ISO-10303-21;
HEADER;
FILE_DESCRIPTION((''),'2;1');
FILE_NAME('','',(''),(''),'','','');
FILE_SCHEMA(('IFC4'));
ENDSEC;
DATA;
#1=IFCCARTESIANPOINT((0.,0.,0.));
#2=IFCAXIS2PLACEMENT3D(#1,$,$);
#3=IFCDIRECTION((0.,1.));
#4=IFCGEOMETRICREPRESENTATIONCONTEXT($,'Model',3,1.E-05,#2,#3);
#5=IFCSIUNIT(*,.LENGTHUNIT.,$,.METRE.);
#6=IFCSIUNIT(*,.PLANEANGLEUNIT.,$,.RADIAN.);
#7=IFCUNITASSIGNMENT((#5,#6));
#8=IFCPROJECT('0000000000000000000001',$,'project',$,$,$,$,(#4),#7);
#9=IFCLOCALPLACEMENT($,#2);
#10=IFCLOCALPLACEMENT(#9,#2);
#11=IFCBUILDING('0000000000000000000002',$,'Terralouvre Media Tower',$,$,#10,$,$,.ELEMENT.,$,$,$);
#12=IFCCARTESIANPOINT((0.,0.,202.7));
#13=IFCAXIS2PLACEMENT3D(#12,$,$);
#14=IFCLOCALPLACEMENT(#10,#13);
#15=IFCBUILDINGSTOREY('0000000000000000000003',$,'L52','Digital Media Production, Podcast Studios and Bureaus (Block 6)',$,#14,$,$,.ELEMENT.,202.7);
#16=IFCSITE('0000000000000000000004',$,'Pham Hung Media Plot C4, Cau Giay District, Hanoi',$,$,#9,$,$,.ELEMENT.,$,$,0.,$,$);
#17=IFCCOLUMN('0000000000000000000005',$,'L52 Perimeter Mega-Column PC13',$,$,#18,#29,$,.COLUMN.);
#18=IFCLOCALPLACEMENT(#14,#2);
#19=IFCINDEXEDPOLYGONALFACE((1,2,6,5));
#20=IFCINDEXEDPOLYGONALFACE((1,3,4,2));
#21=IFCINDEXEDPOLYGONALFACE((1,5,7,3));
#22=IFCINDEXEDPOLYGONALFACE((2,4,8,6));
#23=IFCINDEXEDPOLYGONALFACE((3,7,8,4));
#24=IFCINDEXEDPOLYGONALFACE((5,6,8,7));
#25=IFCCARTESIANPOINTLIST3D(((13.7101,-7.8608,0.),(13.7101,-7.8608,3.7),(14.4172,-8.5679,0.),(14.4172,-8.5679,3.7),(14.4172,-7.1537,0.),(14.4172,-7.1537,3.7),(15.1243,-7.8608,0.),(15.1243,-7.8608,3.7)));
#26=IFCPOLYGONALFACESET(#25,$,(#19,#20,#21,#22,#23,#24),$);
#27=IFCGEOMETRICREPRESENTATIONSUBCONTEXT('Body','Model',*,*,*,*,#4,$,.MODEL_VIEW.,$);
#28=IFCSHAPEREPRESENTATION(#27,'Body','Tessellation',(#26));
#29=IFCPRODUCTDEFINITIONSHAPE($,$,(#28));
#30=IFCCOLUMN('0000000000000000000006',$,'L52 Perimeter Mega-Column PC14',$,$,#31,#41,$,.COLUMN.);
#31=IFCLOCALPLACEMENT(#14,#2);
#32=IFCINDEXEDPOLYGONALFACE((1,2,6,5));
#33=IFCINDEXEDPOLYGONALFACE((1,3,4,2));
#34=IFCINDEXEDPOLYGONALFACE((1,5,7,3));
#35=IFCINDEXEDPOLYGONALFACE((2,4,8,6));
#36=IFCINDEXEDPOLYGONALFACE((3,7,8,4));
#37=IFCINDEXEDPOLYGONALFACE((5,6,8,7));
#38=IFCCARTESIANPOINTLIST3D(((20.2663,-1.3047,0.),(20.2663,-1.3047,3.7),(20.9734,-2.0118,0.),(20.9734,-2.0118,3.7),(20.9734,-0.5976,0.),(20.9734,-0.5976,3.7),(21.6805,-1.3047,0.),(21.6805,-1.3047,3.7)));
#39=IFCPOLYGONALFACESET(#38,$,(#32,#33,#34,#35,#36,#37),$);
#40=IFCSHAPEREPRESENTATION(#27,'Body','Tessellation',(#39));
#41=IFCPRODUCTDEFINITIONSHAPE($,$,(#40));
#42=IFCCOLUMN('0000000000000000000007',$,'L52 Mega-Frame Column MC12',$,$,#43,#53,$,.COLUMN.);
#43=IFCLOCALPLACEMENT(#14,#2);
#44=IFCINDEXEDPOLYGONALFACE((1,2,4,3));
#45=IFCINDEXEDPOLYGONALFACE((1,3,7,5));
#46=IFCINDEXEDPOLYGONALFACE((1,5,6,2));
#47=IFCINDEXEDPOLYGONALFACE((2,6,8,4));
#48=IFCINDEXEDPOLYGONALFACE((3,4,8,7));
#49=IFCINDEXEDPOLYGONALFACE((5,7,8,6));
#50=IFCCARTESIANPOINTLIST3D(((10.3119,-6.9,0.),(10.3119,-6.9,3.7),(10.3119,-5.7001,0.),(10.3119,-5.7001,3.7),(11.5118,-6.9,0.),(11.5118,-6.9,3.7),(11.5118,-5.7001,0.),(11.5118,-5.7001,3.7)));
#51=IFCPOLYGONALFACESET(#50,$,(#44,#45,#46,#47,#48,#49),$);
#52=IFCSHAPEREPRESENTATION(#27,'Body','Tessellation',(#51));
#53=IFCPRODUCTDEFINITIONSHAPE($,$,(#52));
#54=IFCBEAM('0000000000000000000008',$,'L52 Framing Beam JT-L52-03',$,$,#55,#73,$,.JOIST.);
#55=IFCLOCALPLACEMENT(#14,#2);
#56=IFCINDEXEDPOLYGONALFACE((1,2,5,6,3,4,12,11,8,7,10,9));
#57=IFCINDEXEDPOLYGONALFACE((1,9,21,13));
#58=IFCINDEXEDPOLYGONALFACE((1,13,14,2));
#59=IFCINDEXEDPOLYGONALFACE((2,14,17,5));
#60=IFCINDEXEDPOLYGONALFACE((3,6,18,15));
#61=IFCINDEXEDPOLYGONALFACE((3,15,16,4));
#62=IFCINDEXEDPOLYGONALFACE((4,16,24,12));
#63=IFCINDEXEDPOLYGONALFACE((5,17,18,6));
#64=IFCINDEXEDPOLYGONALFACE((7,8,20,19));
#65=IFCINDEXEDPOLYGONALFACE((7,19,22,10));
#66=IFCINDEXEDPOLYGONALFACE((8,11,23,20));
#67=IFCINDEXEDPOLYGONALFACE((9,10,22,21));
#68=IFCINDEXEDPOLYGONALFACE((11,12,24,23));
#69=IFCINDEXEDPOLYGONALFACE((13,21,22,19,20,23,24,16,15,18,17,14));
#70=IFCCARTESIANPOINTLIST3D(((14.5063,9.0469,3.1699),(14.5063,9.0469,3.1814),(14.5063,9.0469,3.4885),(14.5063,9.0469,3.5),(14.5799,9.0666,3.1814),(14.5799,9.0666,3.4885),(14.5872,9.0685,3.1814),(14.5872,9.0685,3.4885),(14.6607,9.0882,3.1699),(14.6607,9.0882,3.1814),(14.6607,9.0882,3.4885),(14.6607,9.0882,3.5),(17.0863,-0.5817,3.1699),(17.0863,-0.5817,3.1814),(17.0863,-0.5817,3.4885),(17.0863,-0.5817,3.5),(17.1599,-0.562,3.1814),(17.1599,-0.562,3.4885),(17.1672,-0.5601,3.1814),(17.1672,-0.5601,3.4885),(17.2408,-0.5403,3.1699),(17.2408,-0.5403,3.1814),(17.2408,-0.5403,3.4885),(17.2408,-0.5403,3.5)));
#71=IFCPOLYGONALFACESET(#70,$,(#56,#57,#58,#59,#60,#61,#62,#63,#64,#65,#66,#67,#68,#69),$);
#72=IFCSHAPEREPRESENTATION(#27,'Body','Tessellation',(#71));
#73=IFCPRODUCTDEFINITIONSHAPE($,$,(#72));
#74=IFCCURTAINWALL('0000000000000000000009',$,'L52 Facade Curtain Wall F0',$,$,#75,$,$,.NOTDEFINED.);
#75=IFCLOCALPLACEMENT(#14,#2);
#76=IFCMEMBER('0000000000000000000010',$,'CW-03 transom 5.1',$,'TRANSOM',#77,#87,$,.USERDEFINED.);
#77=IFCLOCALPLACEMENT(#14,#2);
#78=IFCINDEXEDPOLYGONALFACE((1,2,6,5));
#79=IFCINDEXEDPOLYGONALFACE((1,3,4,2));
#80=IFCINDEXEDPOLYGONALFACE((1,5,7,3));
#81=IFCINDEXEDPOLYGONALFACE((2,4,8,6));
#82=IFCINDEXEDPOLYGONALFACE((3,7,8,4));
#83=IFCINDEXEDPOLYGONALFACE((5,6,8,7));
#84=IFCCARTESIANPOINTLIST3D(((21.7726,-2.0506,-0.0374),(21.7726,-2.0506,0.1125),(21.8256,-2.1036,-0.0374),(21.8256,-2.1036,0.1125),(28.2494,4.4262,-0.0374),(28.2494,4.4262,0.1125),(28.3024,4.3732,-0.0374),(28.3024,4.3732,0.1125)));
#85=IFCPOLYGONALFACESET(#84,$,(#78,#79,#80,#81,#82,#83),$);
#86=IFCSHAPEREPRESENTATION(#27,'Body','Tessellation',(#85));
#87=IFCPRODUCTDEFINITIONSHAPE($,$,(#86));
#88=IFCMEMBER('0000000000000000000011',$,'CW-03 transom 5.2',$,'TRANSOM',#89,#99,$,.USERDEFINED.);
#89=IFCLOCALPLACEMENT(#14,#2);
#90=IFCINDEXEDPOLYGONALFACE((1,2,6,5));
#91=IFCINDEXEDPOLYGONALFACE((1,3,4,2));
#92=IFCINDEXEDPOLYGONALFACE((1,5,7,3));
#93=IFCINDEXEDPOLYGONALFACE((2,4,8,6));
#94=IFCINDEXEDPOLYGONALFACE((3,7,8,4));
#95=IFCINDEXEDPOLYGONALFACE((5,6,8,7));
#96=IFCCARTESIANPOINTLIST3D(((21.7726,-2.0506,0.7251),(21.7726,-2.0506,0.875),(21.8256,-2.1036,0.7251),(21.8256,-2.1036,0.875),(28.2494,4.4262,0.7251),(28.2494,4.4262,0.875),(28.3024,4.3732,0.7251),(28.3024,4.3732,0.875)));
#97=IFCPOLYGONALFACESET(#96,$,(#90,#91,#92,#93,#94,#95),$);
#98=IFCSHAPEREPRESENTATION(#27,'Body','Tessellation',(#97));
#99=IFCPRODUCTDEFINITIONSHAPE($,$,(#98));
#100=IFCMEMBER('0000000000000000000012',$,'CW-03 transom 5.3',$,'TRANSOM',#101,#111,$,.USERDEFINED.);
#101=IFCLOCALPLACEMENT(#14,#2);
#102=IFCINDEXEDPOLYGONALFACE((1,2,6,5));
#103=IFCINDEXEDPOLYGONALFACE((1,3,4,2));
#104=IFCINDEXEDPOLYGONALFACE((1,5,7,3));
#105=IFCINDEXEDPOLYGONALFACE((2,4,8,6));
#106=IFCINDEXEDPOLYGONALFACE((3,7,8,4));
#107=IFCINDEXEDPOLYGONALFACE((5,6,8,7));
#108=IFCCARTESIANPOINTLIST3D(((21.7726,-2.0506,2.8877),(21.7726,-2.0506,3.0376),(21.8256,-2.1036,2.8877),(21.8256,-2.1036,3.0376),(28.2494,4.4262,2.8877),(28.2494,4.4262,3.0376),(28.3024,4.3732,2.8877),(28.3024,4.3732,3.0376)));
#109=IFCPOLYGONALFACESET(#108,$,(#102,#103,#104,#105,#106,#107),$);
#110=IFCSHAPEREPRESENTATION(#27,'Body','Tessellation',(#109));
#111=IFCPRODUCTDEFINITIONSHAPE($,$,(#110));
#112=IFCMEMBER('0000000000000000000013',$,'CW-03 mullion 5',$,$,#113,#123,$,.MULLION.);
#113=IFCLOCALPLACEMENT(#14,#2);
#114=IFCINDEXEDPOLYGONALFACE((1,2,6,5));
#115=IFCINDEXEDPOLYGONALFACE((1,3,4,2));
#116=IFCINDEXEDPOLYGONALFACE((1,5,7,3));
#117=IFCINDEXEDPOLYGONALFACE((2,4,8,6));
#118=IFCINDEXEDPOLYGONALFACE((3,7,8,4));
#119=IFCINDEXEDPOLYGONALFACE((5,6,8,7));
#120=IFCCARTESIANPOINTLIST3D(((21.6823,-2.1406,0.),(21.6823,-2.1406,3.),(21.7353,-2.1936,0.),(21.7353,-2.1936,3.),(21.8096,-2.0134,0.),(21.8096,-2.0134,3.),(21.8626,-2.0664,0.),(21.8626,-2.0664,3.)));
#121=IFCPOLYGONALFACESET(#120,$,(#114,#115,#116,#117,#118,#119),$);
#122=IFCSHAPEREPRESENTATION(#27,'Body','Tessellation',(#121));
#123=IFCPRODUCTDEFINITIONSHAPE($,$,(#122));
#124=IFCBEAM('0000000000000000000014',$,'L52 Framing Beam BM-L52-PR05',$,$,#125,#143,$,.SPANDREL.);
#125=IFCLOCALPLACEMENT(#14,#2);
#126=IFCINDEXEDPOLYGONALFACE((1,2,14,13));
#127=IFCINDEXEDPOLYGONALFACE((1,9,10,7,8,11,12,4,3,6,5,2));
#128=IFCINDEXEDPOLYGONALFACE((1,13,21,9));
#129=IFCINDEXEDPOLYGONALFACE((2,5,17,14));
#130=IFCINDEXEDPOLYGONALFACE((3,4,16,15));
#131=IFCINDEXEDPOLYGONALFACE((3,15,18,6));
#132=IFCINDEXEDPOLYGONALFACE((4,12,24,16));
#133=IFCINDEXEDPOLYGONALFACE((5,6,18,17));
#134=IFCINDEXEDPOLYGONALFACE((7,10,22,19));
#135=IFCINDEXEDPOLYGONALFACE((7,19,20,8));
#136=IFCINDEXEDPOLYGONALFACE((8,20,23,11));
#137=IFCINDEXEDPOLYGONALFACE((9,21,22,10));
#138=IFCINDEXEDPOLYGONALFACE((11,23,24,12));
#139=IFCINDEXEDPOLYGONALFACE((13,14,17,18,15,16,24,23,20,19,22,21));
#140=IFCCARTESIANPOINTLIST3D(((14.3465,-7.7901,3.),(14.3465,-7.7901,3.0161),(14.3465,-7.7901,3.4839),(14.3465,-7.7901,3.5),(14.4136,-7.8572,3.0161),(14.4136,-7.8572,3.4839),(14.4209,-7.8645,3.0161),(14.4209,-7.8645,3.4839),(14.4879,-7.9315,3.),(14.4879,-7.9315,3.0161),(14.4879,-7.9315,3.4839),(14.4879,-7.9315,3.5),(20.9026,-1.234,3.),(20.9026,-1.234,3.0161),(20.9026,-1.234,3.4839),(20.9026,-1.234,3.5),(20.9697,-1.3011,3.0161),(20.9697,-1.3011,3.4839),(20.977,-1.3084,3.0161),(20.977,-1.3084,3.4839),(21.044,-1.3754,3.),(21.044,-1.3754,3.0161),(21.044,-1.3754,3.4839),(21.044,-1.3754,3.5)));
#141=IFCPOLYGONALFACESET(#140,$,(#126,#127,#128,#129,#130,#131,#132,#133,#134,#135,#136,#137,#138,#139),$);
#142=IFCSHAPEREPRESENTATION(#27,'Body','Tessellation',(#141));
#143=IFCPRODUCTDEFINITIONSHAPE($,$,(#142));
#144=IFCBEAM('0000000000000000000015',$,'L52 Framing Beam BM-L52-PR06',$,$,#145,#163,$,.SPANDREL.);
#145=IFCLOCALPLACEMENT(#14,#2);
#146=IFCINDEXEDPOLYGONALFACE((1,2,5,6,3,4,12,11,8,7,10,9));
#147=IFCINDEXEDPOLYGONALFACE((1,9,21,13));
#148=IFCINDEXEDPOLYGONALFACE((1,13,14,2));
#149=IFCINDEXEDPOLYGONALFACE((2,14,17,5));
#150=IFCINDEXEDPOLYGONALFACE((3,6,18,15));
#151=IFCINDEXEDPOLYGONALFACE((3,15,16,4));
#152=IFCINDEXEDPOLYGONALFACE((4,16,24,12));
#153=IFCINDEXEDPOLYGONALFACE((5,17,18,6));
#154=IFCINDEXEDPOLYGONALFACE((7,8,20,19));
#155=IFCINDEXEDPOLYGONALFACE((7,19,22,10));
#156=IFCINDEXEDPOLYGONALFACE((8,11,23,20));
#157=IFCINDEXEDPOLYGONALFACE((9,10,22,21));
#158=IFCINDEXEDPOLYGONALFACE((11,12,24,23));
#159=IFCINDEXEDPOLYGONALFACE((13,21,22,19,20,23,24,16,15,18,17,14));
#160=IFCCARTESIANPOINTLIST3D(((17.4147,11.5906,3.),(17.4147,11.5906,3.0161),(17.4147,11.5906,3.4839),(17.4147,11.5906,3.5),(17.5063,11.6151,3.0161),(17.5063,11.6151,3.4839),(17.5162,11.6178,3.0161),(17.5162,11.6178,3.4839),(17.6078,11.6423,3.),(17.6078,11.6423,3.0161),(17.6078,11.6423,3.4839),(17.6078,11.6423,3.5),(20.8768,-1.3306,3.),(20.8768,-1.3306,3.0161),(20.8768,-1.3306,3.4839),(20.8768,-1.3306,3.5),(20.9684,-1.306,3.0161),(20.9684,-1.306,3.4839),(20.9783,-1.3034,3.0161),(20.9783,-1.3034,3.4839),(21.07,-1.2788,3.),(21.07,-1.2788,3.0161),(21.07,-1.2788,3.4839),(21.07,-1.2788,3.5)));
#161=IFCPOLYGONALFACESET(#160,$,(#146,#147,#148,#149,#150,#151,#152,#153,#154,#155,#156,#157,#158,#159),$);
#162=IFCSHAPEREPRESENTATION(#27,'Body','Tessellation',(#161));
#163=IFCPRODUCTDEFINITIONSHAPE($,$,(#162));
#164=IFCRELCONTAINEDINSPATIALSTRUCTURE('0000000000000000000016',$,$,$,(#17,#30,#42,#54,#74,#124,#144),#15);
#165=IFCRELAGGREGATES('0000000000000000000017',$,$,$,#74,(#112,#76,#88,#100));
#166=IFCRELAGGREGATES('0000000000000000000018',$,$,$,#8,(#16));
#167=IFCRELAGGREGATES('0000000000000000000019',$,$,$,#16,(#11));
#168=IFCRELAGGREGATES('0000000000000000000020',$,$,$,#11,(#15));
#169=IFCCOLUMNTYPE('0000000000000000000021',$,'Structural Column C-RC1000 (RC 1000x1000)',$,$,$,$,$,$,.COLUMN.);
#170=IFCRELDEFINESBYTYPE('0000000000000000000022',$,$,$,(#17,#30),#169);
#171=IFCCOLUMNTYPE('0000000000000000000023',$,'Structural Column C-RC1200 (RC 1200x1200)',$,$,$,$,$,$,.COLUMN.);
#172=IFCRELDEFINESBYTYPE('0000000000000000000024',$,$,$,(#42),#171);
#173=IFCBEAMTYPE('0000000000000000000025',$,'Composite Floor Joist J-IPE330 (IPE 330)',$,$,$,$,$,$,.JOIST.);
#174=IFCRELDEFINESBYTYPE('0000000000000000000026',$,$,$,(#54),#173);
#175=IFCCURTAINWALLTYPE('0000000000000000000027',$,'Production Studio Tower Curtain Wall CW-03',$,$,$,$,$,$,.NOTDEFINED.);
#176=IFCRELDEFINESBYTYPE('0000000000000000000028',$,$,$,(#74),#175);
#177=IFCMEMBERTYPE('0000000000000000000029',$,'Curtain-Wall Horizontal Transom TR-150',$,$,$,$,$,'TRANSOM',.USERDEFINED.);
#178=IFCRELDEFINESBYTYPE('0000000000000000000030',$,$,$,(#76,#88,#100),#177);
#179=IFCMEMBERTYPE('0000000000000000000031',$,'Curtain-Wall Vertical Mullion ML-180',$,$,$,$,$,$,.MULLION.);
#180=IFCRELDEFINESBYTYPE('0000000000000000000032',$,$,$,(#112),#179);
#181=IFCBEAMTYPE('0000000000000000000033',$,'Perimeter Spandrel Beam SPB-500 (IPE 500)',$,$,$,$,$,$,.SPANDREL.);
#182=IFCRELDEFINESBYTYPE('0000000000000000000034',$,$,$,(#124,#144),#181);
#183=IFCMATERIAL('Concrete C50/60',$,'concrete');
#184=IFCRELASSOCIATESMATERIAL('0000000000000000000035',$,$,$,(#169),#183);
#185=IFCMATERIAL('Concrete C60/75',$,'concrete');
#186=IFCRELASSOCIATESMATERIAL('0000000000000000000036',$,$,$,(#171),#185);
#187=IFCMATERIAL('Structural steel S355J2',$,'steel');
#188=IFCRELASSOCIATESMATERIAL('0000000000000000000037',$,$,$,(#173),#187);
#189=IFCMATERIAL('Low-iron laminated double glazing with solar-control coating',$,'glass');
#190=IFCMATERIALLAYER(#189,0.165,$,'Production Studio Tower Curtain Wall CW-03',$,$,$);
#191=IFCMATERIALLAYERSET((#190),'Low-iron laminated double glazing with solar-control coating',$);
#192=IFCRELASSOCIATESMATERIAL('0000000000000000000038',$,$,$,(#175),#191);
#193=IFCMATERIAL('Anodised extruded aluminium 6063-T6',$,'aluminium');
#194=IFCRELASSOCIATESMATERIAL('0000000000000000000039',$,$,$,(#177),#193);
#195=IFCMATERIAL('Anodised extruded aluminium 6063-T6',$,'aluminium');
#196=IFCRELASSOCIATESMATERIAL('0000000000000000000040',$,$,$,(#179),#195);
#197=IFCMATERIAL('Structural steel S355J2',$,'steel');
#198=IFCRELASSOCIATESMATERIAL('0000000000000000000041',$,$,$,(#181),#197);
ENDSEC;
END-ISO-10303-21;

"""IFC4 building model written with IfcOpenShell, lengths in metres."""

from ifc_helpers import new_model, si_unit, direction, frame, origin, origin_2d, place, context, subcontext, project, spatial, rectangle, i_section, extrude, material, layer, layer_set, material_profile, profile_set, type_object, element, aggregate, save


model = new_model("IFC4")

# Units and contexts
model_context = context("Model", 3, precision=1e-05, world=origin(), true_north=direction((0.0, 1.0)))
body_context = subcontext(model_context, "Body", "Model", "MODEL_VIEW")
ifc_project = project(units=[si_unit("LENGTHUNIT", "METRE"), si_unit("PLANEANGLEUNIT", "RADIAN")], contexts=[model_context])

# Site, building, storey
site_placement = place(None, origin())
site = spatial("IfcSite", under=ifc_project, at=site_placement, Name="Pham Hung Media Plot C4, Cau Giay District, Hanoi", CompositionType="ELEMENT", RefElevation=0.0)
building_placement = place(site_placement, origin())
building = spatial("IfcBuilding", under=site, at=building_placement, Name="Terralouvre Media Tower", CompositionType="ELEMENT")
storey_placement = place(building_placement, frame((0.0, 0.0, 202.7)))
storey = spatial("IfcBuildingStorey", under=building, at=storey_placement, Name="L52", Description="Digital Media Production, Podcast Studios and Bureaus (Block 6)", CompositionType="ELEMENT", Elevation=202.7)

# Columns
ifc_material_1 = material(Name="Concrete C50/60", Category="concrete")
ifc_material_profile_1 = material_profile(ifc_material_1, rectangle(XDim=1.0, YDim=1.0, at=origin_2d()), Name="RC 1000x1000")
ifc_profile_set_1 = profile_set([ifc_material_profile_1], Name="Concrete C50/60")
column_type_1 = type_object("IfcColumnType", Name="Structural Column C-RC1000 (RC 1000x1000)", PredefinedType="COLUMN", material=ifc_profile_set_1)
for number, where, z_axis, x_axis, name in (
    (1, (14.4172, -7.8608, 0.0), (0.0, 0.0, 1.0), (0.707107, 0.707107, 0.0), "L52 Perimeter Mega-Column PC13"),
    (2, (20.9734, -1.3047, 0.0), (0.0, 0.0, 1.0), (0.707107, 0.707107, 0.0), "L52 Perimeter Mega-Column PC14"),
):
    element("IfcColumn", number, at=place(storey_placement, frame(where, z_axis=z_axis, x_axis=x_axis)), inside=storey, type_object=column_type_1, Name=name, PredefinedType="COLUMN", context=body_context, shape_type="SweptSolid", body=[
        extrude(rectangle(XDim=1.0, YDim=1.0, at=origin_2d()), origin(), (0.0, 0.0, 1.0), 3.7),
    ])
ifc_material_2 = material(Name="Concrete C60/75", Category="concrete")
ifc_material_profile_2 = material_profile(ifc_material_2, rectangle(XDim=1.2, YDim=1.2, at=origin_2d()), Name="RC 1200x1200")
ifc_profile_set_2 = profile_set([ifc_material_profile_2], Name="Concrete C60/75")
column_type_2 = type_object("IfcColumnType", Name="Structural Column C-RC1200 (RC 1200x1200)", PredefinedType="COLUMN", material=ifc_profile_set_2)
column_placement = place(storey_placement, frame((10.9119, -6.3, 0.0), z_axis=(0.0, 0.0, 1.0), x_axis=(1.0, 0.0, 0.0)))
element("IfcColumn", 3, at=column_placement, inside=storey, type_object=column_type_2, Name="L52 Mega-Frame Column MC12", PredefinedType="COLUMN", context=body_context, shape_type="SweptSolid", body=[
    extrude(rectangle(XDim=1.2, YDim=1.2, at=origin_2d()), origin(), (0.0, 0.0, 1.0), 3.7),
])

# Beam
ifc_material_3 = material(Name="Structural steel S355J2", Category="steel")
ifc_material_profile_3 = material_profile(ifc_material_3, i_section(OverallWidth=0.1599, OverallDepth=0.3301, WebThickness=0.0076, FlangeThickness=0.0115, at=origin_2d()), Name="IPE 330")
ifc_profile_set_3 = profile_set([ifc_material_profile_3], Name="Structural steel S355J2")
beam_type_1 = type_object("IfcBeamType", Name="Composite Floor Joist J-IPE330 (IPE 330)", PredefinedType="JOIST", material=ifc_profile_set_3)
beam_1_placement = place(storey_placement, frame((17.1636, -0.561, 3.335), z_axis=(-0.258827, 0.965924, 0.0), x_axis=(-0.965924, -0.258827, 0.0)))
element("IfcBeam", 4, at=beam_1_placement, inside=storey, type_object=beam_type_1, Name="L52 Framing Beam JT-L52-03", PredefinedType="JOIST", context=body_context, shape_type="SweptSolid", body=[
    extrude(i_section(OverallWidth=0.1599, OverallDepth=0.3301, WebThickness=0.0076, FlangeThickness=0.0115, at=origin_2d()), origin(), (0.0, 0.0, 1.0), 9.9683),
])

# Curtain wall, members
ifc_material_4 = material(Name="Low-iron laminated double glazing with solar-control coating", Category="glass")
ifc_layer_1 = layer(ifc_material_4, 0.165, Name="Production Studio Tower Curtain Wall CW-03")
ifc_layer_set_1 = layer_set([ifc_layer_1], Name="Low-iron laminated double glazing with solar-control coating")
curtain_wall_type = type_object("IfcCurtainWallType", Name="Production Studio Tower Curtain Wall CW-03", PredefinedType="NOTDEFINED", material=ifc_layer_set_1)
curtain_wall_placement = place(storey_placement, origin())
curtain_wall = element("IfcCurtainWall", 5, at=curtain_wall_placement, inside=storey, type_object=curtain_wall_type, Name="L52 Facade Curtain Wall F0", PredefinedType="NOTDEFINED")
ifc_material_5 = material(Name="Anodised extruded aluminium 6063-T6", Category="aluminium")
ifc_material_profile_4 = material_profile(ifc_material_5, rectangle(XDim=0.075, YDim=0.1499, at=origin_2d()), Name="ALU 75x150")
ifc_profile_set_4 = profile_set([ifc_material_profile_4], Name="Anodised extruded aluminium 6063-T6")
member_type_1 = type_object("IfcMemberType", Name="Curtain-Wall Horizontal Transom TR-150", ElementType="TRANSOM", PredefinedType="USERDEFINED", material=ifc_profile_set_4)
member_1_placement = place(storey_placement, frame((21.7991, -2.0771, 0.0376), z_axis=(0.707107, 0.707107, 0.0), x_axis=(-0.707107, 0.707107, 0.0)))
member_1 = element("IfcMember", 6, at=member_1_placement, type_object=member_type_1, Name="CW-03 transom 5.1", ObjectType="TRANSOM", PredefinedType="USERDEFINED", context=body_context, shape_type="SweptSolid", body=[
    extrude(rectangle(XDim=0.075, YDim=0.1499, at=origin_2d()), origin(), (0.0, 0.0, 1.0), 9.1597),
])
member_2_placement = place(storey_placement, frame((21.7991, -2.0771, 0.8), z_axis=(0.707107, 0.707107, 0.0), x_axis=(-0.707107, 0.707107, 0.0)))
member_2 = element("IfcMember", 7, at=member_2_placement, type_object=member_type_1, Name="CW-03 transom 5.2", ObjectType="TRANSOM", PredefinedType="USERDEFINED", context=body_context, shape_type="SweptSolid", body=[
    extrude(rectangle(XDim=0.075, YDim=0.1499, at=origin_2d()), origin(), (0.0, 0.0, 1.0), 9.1597),
])
member_3_placement = place(storey_placement, frame((21.7991, -2.0771, 2.9626), z_axis=(0.707107, 0.707107, 0.0), x_axis=(-0.707107, 0.707107, 0.0)))
member_3 = element("IfcMember", 8, at=member_3_placement, type_object=member_type_1, Name="CW-03 transom 5.3", ObjectType="TRANSOM", PredefinedType="USERDEFINED", context=body_context, shape_type="SweptSolid", body=[
    extrude(rectangle(XDim=0.075, YDim=0.1499, at=origin_2d()), origin(), (0.0, 0.0, 1.0), 9.1597),
])
ifc_material_6 = material(Name="Anodised extruded aluminium 6063-T6", Category="aluminium")
ifc_material_profile_5 = material_profile(ifc_material_6, rectangle(XDim=0.075, YDim=0.1799, at=origin_2d()), Name="ALU 75x180")
ifc_profile_set_5 = profile_set([ifc_material_profile_5], Name="Anodised extruded aluminium 6063-T6")
member_type_2 = type_object("IfcMemberType", Name="Curtain-Wall Vertical Mullion ML-180", PredefinedType="MULLION", material=ifc_profile_set_5)
member_4_placement = place(storey_placement, frame((21.7725, -2.1035, 0.0), z_axis=(0.0, 0.0, 1.0), x_axis=(-0.707107, 0.707107, 0.0)))
member_4 = element("IfcMember", 9, at=member_4_placement, type_object=member_type_2, Name="CW-03 mullion 5", PredefinedType="MULLION", context=body_context, shape_type="SweptSolid", body=[
    extrude(rectangle(XDim=0.075, YDim=0.1799, at=origin_2d()), origin(), (0.0, 0.0, 1.0), 3.0),
])

# Beams
ifc_material_7 = material(Name="Structural steel S355J2", Category="steel")
ifc_material_profile_6 = material_profile(ifc_material_7, i_section(OverallWidth=0.2, OverallDepth=0.5, WebThickness=0.0103, FlangeThickness=0.0161, at=origin_2d()), Name="IPE 500")
ifc_profile_set_6 = profile_set([ifc_material_profile_6], Name="Structural steel S355J2")
beam_type_2 = type_object("IfcBeamType", Name="Perimeter Spandrel Beam SPB-500 (IPE 500)", PredefinedType="SPANDREL", material=ifc_profile_set_6)
beam_2_placement = place(storey_placement, frame((14.4172, -7.8608, 3.25), z_axis=(0.707107, 0.707107, 0.0), x_axis=(-0.707107, 0.707107, 0.0)))
element("IfcBeam", 10, at=beam_2_placement, inside=storey, type_object=beam_type_2, Name="L52 Framing Beam BM-L52-PR05", PredefinedType="SPANDREL", context=body_context, shape_type="SweptSolid", body=[
    extrude(i_section(OverallWidth=0.2, OverallDepth=0.5, WebThickness=0.0103, FlangeThickness=0.0161, at=origin_2d()), origin(), (0.0, 0.0, 1.0), 9.2717),
])
beam_3_placement = place(storey_placement, frame((20.9734, -1.3047, 3.25), z_axis=(-0.258815, 0.965927, 0.0), x_axis=(-0.965927, -0.258815, 0.0)))
element("IfcBeam", 11, at=beam_3_placement, inside=storey, type_object=beam_type_2, Name="L52 Framing Beam BM-L52-PR06", PredefinedType="SPANDREL", context=body_context, shape_type="SweptSolid", body=[
    extrude(i_section(OverallWidth=0.2, OverallDepth=0.5, WebThickness=0.0103, FlangeThickness=0.0161, at=origin_2d()), origin(), (0.0, 0.0, 1.0), 13.377),
])

aggregate(curtain_wall, [member_4, member_1, member_2, member_3])

save(model, "model.ifc")
